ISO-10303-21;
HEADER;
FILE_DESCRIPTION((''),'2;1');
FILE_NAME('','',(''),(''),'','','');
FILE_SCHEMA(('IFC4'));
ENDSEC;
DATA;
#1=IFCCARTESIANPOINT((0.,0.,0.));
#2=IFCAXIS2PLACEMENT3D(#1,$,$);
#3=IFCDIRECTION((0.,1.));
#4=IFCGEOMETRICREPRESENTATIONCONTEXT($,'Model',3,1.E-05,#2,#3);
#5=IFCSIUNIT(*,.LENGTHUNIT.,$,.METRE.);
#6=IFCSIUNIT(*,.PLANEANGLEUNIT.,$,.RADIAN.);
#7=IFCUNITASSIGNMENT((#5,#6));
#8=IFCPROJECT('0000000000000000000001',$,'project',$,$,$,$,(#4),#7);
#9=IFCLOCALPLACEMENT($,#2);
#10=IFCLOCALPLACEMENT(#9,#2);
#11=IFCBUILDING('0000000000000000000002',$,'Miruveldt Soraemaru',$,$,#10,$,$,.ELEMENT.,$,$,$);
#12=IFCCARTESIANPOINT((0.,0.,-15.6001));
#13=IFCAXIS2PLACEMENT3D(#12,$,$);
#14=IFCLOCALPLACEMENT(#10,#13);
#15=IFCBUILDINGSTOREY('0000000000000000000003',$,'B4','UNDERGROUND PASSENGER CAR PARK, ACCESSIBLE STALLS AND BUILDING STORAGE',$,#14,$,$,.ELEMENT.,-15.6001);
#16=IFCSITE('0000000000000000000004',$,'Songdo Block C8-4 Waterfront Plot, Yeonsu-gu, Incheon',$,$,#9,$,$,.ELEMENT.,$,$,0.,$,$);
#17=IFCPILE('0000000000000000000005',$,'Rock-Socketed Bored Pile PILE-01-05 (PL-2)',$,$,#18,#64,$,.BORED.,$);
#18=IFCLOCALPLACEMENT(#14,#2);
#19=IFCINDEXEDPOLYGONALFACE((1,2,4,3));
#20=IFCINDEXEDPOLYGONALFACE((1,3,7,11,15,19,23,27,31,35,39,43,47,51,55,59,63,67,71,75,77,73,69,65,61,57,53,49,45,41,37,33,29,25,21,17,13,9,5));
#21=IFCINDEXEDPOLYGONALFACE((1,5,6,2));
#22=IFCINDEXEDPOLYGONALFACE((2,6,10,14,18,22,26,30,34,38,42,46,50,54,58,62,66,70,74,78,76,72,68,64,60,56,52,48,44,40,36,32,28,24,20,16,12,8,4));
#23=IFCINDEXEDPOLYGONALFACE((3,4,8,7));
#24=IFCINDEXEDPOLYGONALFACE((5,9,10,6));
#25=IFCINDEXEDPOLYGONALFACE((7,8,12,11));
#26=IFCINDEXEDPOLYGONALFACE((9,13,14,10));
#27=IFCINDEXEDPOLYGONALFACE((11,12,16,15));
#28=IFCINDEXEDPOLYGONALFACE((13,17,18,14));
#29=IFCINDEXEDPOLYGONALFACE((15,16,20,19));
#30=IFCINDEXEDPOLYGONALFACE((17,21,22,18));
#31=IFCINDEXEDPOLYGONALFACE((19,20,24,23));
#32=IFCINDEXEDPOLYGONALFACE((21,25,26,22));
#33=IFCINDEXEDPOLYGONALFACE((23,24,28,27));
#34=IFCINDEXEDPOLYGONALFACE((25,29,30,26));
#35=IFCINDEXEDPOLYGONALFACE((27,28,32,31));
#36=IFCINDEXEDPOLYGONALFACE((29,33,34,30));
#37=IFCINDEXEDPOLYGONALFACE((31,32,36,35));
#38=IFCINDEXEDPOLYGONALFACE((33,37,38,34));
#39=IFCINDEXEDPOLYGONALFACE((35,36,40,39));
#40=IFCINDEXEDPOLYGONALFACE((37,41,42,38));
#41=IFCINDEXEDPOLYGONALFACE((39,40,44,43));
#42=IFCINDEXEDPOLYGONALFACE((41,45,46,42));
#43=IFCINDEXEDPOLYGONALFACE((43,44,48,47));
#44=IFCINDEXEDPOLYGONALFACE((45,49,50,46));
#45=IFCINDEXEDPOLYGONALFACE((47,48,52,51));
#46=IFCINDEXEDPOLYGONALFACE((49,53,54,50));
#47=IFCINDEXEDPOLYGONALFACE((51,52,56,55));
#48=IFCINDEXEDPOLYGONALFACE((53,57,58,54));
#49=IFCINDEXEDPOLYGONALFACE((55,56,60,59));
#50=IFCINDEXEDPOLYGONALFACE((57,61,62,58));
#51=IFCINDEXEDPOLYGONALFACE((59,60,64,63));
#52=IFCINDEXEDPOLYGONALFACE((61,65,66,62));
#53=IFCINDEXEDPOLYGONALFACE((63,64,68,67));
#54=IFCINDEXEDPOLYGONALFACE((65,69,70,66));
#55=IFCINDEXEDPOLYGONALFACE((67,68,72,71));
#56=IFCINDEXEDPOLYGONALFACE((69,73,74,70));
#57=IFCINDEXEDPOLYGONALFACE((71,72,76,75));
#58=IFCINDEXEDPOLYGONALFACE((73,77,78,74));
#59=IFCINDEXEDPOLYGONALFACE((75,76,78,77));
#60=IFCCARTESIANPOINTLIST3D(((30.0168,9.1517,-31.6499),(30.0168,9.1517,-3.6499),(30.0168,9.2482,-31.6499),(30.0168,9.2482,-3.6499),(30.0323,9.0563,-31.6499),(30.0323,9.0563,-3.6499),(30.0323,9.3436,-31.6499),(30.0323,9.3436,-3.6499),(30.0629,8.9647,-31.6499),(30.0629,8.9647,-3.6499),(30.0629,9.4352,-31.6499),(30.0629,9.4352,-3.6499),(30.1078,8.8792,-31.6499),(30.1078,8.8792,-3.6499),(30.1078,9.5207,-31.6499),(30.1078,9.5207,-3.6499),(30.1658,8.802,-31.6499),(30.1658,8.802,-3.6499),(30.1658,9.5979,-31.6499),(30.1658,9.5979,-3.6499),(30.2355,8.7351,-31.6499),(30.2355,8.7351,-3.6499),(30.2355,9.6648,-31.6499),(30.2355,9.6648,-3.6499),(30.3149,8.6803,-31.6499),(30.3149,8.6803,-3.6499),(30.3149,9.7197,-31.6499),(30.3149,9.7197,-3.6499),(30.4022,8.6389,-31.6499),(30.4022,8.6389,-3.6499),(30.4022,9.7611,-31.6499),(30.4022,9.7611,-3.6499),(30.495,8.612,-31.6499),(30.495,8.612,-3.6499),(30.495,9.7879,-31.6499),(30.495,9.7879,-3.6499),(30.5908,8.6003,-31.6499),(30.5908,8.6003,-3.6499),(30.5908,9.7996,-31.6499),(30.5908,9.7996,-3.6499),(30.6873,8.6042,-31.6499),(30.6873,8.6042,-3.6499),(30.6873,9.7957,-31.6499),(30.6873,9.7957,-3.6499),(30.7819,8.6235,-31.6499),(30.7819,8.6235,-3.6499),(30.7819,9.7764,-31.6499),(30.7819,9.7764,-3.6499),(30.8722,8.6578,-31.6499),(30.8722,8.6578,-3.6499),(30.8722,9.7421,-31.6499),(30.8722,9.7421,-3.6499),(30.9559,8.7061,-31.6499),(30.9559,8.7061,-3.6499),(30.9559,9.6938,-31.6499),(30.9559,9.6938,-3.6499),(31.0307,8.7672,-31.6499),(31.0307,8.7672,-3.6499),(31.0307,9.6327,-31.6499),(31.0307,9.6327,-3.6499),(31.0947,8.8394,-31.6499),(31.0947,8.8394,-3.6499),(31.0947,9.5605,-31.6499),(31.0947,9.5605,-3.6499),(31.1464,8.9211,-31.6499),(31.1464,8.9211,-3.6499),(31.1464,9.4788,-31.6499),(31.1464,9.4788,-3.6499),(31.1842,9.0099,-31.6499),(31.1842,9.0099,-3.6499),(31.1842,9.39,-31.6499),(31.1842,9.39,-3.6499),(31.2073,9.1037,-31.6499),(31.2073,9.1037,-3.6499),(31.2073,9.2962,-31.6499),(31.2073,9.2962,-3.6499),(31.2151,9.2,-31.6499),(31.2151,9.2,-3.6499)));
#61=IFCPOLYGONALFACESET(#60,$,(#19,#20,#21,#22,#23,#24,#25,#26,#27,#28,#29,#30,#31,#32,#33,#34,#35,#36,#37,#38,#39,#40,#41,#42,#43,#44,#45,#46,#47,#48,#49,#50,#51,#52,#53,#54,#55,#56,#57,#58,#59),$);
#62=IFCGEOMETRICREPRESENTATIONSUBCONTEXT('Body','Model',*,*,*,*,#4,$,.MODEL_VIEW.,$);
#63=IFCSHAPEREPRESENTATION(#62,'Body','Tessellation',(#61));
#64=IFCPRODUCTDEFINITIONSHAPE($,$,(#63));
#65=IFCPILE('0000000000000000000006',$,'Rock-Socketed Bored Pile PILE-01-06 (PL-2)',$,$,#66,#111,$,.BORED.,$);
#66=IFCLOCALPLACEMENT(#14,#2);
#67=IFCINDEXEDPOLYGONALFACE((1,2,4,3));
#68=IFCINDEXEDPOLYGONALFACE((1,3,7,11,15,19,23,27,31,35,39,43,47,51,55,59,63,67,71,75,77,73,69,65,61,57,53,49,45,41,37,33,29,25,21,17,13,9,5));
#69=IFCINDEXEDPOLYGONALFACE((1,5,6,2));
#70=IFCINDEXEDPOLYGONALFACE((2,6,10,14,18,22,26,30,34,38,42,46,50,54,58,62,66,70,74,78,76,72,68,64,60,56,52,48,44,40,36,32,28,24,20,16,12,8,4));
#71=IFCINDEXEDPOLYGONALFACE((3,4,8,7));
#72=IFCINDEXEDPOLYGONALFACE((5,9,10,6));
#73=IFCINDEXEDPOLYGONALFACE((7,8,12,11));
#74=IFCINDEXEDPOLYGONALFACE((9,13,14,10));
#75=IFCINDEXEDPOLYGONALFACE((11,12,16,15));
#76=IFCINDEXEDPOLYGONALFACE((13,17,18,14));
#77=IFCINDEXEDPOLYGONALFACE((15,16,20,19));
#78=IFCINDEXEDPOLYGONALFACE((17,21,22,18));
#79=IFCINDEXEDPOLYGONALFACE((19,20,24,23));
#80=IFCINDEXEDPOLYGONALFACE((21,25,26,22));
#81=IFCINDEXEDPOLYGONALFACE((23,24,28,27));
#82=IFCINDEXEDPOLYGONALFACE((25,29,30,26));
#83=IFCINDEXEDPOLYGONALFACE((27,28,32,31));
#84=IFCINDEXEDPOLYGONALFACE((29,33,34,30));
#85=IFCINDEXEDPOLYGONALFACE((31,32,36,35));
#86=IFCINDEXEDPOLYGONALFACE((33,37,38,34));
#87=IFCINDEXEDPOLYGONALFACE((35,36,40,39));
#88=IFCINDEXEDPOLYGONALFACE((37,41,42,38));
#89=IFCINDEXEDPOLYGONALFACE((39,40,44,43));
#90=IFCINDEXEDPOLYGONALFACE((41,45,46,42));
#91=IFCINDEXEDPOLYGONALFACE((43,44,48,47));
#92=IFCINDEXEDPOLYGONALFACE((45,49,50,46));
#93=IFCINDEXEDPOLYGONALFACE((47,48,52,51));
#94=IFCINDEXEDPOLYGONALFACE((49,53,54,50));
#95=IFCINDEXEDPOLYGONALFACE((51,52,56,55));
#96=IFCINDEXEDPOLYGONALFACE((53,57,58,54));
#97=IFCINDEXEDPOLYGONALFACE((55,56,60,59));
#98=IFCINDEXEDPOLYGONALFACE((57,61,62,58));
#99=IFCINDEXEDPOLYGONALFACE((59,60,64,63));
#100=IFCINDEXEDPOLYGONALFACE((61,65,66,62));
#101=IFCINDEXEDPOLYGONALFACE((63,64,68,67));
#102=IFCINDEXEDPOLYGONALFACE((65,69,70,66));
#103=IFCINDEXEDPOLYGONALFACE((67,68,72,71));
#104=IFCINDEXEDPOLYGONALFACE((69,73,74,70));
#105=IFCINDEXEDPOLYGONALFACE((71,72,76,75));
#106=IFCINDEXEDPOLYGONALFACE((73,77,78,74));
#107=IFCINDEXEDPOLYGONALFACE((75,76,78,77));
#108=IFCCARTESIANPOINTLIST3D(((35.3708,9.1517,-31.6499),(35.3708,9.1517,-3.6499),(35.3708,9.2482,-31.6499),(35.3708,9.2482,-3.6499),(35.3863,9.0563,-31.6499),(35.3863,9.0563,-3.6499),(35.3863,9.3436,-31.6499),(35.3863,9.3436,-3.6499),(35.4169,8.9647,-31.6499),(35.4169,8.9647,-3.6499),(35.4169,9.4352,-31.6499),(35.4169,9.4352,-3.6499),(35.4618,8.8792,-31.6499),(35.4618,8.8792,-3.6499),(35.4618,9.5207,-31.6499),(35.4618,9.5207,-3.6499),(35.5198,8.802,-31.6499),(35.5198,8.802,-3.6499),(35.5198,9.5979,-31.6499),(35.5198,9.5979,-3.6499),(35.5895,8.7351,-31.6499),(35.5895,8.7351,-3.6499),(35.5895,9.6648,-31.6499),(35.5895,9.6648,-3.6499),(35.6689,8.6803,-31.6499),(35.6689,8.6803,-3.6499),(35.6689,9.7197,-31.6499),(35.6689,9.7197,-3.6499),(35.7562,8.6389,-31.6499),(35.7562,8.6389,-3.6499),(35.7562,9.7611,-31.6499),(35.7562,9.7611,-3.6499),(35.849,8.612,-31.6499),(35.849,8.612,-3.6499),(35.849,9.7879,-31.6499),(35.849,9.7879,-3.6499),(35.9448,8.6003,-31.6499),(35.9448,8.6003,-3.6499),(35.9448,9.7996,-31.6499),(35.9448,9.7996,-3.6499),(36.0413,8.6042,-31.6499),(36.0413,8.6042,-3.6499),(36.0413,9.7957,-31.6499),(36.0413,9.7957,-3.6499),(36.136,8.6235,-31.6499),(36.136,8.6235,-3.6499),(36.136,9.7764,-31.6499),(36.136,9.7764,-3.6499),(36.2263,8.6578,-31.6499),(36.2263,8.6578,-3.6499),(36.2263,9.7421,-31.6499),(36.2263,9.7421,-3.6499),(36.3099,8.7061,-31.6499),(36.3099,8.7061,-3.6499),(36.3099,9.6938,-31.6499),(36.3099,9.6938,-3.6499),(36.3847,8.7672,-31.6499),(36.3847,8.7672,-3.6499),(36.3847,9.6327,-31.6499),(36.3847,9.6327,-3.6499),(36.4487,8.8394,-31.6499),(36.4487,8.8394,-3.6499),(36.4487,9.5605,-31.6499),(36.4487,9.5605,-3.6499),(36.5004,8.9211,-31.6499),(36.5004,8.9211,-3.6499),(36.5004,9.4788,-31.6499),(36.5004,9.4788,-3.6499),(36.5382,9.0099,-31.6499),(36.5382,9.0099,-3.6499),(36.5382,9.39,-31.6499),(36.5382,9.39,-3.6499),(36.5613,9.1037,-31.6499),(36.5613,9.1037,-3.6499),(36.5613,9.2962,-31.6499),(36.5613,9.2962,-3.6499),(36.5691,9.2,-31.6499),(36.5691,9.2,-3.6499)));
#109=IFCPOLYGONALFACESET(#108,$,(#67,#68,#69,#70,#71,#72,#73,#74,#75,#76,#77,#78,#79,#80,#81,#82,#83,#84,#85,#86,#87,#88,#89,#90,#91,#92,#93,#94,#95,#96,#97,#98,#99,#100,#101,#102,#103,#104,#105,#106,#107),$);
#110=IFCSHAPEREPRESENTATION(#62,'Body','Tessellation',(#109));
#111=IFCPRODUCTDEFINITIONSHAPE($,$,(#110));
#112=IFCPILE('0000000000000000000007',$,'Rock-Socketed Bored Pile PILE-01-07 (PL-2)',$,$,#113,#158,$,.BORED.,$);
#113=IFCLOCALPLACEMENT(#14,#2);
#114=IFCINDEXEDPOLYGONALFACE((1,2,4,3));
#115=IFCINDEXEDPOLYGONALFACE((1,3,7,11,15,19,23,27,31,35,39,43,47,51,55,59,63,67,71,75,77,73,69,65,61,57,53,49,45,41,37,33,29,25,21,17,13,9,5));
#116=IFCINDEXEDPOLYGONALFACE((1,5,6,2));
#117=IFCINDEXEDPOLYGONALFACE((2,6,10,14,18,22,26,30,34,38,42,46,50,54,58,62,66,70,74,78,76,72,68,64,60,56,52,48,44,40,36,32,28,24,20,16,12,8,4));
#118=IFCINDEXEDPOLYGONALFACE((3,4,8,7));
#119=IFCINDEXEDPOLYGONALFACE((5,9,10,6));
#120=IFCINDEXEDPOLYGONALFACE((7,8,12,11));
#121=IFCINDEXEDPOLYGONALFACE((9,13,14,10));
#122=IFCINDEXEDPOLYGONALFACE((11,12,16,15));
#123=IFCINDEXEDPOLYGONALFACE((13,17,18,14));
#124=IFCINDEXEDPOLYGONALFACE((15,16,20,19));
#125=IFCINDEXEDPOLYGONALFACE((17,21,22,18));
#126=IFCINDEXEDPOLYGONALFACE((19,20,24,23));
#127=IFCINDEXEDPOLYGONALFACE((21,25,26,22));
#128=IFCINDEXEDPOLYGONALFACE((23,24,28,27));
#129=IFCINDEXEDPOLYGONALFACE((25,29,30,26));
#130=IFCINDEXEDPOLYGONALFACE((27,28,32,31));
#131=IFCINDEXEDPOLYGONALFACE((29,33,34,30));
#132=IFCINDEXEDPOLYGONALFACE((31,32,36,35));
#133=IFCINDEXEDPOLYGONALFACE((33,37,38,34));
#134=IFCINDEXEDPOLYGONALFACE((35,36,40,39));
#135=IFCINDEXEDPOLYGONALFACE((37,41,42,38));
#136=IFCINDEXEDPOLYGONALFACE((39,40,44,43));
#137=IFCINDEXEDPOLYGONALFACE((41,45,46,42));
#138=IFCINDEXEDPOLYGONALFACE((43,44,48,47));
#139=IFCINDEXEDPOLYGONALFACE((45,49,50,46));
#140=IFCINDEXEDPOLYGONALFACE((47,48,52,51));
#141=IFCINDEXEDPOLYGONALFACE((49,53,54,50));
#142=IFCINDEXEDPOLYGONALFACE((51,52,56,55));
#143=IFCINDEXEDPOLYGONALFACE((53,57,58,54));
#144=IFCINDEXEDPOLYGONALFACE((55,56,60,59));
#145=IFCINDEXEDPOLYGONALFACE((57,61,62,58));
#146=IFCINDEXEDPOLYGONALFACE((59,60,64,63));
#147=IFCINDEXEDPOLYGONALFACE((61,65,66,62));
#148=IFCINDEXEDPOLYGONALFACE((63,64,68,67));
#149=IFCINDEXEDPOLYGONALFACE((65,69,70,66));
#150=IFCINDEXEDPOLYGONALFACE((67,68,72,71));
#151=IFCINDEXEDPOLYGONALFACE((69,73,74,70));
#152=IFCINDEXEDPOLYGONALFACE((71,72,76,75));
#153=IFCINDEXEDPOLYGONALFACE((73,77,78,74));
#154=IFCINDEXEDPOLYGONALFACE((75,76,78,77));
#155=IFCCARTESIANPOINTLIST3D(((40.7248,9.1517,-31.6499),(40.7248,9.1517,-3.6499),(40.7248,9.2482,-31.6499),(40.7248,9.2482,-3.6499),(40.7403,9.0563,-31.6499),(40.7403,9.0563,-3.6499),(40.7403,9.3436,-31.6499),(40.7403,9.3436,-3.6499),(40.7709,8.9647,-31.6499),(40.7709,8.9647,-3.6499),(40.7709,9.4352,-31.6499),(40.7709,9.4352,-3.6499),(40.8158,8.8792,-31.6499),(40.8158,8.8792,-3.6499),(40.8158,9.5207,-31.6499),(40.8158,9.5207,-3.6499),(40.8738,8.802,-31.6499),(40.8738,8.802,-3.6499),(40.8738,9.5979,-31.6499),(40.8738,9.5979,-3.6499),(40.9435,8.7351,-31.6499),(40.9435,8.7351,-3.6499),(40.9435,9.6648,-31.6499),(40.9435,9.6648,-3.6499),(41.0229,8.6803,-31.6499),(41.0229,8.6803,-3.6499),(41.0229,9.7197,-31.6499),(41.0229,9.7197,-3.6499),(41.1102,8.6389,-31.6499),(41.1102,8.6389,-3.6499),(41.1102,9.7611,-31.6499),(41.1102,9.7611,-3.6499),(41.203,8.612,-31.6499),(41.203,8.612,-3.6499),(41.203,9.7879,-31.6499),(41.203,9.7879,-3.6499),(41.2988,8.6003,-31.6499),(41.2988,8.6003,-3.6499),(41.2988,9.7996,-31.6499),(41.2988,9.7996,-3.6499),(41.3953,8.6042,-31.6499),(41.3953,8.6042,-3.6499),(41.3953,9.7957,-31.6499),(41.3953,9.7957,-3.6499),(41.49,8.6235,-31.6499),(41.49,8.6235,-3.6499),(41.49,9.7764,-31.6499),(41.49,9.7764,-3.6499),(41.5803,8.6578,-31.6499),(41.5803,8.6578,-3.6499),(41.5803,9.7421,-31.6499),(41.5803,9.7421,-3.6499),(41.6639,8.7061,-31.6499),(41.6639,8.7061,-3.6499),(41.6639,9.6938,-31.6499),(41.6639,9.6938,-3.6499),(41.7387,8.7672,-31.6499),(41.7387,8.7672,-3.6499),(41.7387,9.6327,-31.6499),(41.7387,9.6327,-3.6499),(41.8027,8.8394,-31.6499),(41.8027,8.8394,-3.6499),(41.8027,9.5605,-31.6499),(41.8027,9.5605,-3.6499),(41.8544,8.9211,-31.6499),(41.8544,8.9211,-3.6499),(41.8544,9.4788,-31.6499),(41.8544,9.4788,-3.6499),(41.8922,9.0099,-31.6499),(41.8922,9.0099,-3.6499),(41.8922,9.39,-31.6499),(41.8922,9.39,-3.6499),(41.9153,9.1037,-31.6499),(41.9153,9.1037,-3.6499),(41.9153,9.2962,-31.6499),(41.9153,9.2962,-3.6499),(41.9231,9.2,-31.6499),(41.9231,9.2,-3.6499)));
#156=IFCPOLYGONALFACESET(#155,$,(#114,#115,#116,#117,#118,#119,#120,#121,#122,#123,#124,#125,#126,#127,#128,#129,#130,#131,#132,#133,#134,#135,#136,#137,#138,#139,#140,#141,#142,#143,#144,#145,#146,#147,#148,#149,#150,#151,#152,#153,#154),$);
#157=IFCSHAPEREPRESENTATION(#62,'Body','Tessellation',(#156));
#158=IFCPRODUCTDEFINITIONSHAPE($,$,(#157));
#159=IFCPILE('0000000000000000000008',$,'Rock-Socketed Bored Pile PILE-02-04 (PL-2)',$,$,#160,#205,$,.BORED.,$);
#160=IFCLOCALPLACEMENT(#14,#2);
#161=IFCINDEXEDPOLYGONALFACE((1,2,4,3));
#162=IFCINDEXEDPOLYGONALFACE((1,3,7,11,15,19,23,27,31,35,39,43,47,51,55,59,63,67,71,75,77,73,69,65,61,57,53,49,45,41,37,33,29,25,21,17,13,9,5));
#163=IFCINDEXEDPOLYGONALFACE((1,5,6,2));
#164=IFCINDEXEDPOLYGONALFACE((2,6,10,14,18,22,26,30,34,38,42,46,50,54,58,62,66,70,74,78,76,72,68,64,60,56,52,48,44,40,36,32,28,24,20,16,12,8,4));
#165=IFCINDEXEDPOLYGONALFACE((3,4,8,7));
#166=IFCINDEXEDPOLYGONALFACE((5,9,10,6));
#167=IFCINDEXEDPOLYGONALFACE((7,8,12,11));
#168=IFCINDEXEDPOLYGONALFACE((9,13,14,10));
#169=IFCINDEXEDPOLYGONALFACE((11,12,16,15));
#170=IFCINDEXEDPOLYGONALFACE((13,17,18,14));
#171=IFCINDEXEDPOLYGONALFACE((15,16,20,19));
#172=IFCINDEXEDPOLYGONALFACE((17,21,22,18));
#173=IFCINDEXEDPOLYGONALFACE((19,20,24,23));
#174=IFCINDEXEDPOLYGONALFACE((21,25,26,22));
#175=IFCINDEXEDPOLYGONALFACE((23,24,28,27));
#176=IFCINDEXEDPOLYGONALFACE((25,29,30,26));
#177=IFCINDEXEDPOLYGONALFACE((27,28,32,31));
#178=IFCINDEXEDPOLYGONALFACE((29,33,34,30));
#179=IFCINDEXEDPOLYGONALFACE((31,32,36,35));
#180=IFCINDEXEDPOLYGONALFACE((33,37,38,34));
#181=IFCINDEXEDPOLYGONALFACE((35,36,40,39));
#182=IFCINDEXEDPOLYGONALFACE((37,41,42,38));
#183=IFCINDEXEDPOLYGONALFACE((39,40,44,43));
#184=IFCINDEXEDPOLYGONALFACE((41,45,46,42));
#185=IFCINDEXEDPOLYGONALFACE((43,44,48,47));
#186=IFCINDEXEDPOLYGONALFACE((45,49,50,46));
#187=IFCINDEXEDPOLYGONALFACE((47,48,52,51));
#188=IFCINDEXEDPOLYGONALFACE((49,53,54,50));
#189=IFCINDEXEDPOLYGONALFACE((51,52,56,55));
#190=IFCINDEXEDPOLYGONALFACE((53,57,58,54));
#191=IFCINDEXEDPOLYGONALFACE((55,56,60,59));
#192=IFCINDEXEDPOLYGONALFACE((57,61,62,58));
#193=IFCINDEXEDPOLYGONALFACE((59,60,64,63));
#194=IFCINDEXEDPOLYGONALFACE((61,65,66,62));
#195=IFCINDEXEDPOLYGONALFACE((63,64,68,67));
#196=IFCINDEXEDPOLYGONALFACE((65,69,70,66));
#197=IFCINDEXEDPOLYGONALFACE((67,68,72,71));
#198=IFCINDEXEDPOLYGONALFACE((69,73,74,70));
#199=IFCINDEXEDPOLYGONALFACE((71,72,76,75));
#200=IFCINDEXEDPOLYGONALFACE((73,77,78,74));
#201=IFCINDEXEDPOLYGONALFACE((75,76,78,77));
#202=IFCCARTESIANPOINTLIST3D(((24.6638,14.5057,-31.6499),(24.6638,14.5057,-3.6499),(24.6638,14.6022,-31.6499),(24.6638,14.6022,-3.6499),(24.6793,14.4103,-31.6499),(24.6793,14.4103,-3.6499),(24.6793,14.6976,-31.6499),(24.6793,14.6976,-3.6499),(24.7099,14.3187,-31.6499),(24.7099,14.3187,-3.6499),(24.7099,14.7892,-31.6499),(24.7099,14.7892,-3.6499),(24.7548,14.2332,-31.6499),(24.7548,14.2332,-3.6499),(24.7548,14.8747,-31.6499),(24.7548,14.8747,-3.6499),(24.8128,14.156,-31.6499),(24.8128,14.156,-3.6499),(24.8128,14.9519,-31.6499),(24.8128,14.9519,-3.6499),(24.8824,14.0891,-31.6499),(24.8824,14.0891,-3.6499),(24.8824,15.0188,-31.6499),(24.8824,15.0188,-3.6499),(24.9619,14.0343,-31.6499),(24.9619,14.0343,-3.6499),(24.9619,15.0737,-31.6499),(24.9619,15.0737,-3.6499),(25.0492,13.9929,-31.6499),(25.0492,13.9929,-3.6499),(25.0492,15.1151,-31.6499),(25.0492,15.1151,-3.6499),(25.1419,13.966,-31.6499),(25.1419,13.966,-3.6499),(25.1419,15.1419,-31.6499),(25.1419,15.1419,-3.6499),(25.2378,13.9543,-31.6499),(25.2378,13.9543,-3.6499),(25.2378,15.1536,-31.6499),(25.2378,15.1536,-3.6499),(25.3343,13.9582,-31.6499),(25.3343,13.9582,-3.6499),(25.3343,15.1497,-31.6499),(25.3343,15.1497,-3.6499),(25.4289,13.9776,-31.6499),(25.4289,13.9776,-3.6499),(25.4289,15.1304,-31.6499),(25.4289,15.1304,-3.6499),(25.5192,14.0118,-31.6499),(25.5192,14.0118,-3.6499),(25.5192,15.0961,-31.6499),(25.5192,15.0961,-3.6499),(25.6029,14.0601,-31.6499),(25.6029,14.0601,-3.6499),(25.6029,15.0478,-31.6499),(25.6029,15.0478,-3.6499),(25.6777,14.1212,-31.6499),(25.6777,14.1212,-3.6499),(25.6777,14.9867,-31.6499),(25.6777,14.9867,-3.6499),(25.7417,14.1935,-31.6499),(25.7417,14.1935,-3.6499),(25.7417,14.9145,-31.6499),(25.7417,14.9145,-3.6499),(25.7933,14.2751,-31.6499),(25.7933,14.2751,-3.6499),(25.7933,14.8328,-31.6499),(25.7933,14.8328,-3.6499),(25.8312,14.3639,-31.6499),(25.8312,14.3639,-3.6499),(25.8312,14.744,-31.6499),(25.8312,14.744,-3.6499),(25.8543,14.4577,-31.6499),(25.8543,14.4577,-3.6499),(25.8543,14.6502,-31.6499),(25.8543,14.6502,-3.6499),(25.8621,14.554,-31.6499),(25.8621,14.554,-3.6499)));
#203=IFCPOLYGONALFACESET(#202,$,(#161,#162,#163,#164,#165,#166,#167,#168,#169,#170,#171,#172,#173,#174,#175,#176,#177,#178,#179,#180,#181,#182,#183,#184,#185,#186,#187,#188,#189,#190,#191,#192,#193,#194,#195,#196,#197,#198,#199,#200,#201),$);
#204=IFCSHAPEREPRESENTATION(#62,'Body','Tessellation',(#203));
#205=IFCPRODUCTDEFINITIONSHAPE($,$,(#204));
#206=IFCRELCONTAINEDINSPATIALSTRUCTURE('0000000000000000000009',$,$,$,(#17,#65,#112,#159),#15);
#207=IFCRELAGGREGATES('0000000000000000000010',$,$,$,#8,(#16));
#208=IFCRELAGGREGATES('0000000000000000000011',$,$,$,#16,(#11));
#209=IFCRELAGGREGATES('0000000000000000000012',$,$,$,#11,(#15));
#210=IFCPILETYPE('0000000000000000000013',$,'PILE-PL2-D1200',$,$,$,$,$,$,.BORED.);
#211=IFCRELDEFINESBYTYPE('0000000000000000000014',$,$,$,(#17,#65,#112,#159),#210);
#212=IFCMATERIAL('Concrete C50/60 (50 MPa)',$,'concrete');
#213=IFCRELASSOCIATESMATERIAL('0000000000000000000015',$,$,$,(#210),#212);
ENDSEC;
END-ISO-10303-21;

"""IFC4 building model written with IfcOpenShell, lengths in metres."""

from ifc_helpers import new_model, si_unit, direction, frame, origin, origin_2d, place, context, subcontext, project, spatial, circle, extrude, material, material_profile, profile_set, type_object, element, save


model = new_model("IFC4")

# Units and contexts
model_context = context("Model", 3, precision=1e-05, world=origin(), true_north=direction((0.0, 1.0)))
body_context = subcontext(model_context, "Body", "Model", "MODEL_VIEW")
ifc_project = project(units=[si_unit("LENGTHUNIT", "METRE"), si_unit("PLANEANGLEUNIT", "RADIAN")], contexts=[model_context])

# Site, building, storey
site_placement = place(None, origin())
site = spatial("IfcSite", under=ifc_project, at=site_placement, Name="Songdo Block C8-4 Waterfront Plot, Yeonsu-gu, Incheon", CompositionType="ELEMENT", RefElevation=0.0)
building_placement = place(site_placement, origin())
building = spatial("IfcBuilding", under=site, at=building_placement, Name="Miruveldt Soraemaru", CompositionType="ELEMENT")
storey_placement = place(building_placement, frame((0.0, 0.0, -15.6001)))
storey = spatial("IfcBuildingStorey", under=building, at=storey_placement, Name="B4", Description="UNDERGROUND PASSENGER CAR PARK, ACCESSIBLE STALLS AND BUILDING STORAGE", CompositionType="ELEMENT", Elevation=-15.6001)

# Shared definitions
ifc_material_1 = material(Name="Concrete C50/60 (50 MPa)", Category="concrete")

# Piles
ifc_material_profile_1 = material_profile(ifc_material_1, circle(Radius=0.6001, at=origin_2d()), Name="Concrete C50/60 (50 MPa)", Category="concrete")
ifc_profile_set_1 = profile_set([ifc_material_profile_1], Name="Concrete C50/60 (50 MPa)")
pile_type_1 = type_object("IfcPileType", Name="PILE-PL2-D1200", PredefinedType="BORED", material=ifc_profile_set_1)
for number, where, z_axis, x_axis, name in (
    (1, (30.615, 9.2, -3.6499), (0.0, 0.0, -1.0), (1.0, 0.0, 0.0), "Rock-Socketed Bored Pile PILE-01-05 (PL-2)"),
    (2, (35.969, 9.2, -3.6499), (0.0, 0.0, -1.0), (1.0, 0.0, 0.0), "Rock-Socketed Bored Pile PILE-01-06 (PL-2)"),
    (3, (41.323, 9.2, -3.6499), (0.0, 0.0, -1.0), (1.0, 0.0, 0.0), "Rock-Socketed Bored Pile PILE-01-07 (PL-2)"),
    (4, (25.262, 14.554, -3.6499), (0.0, 0.0, -1.0), (1.0, 0.0, 0.0), "Rock-Socketed Bored Pile PILE-02-04 (PL-2)"),
):
    element("IfcPile", number, at=place(storey_placement, frame(where, z_axis=z_axis, x_axis=x_axis)), inside=storey, type_object=pile_type_1, Name=name, PredefinedType="BORED", context=body_context, shape_type="SweptSolid", body=[
        extrude(circle(Radius=0.6001, at=origin_2d()), origin(), (0.0, 0.0, 1.0), 28.0),
    ])

save(model, "model.ifc")
